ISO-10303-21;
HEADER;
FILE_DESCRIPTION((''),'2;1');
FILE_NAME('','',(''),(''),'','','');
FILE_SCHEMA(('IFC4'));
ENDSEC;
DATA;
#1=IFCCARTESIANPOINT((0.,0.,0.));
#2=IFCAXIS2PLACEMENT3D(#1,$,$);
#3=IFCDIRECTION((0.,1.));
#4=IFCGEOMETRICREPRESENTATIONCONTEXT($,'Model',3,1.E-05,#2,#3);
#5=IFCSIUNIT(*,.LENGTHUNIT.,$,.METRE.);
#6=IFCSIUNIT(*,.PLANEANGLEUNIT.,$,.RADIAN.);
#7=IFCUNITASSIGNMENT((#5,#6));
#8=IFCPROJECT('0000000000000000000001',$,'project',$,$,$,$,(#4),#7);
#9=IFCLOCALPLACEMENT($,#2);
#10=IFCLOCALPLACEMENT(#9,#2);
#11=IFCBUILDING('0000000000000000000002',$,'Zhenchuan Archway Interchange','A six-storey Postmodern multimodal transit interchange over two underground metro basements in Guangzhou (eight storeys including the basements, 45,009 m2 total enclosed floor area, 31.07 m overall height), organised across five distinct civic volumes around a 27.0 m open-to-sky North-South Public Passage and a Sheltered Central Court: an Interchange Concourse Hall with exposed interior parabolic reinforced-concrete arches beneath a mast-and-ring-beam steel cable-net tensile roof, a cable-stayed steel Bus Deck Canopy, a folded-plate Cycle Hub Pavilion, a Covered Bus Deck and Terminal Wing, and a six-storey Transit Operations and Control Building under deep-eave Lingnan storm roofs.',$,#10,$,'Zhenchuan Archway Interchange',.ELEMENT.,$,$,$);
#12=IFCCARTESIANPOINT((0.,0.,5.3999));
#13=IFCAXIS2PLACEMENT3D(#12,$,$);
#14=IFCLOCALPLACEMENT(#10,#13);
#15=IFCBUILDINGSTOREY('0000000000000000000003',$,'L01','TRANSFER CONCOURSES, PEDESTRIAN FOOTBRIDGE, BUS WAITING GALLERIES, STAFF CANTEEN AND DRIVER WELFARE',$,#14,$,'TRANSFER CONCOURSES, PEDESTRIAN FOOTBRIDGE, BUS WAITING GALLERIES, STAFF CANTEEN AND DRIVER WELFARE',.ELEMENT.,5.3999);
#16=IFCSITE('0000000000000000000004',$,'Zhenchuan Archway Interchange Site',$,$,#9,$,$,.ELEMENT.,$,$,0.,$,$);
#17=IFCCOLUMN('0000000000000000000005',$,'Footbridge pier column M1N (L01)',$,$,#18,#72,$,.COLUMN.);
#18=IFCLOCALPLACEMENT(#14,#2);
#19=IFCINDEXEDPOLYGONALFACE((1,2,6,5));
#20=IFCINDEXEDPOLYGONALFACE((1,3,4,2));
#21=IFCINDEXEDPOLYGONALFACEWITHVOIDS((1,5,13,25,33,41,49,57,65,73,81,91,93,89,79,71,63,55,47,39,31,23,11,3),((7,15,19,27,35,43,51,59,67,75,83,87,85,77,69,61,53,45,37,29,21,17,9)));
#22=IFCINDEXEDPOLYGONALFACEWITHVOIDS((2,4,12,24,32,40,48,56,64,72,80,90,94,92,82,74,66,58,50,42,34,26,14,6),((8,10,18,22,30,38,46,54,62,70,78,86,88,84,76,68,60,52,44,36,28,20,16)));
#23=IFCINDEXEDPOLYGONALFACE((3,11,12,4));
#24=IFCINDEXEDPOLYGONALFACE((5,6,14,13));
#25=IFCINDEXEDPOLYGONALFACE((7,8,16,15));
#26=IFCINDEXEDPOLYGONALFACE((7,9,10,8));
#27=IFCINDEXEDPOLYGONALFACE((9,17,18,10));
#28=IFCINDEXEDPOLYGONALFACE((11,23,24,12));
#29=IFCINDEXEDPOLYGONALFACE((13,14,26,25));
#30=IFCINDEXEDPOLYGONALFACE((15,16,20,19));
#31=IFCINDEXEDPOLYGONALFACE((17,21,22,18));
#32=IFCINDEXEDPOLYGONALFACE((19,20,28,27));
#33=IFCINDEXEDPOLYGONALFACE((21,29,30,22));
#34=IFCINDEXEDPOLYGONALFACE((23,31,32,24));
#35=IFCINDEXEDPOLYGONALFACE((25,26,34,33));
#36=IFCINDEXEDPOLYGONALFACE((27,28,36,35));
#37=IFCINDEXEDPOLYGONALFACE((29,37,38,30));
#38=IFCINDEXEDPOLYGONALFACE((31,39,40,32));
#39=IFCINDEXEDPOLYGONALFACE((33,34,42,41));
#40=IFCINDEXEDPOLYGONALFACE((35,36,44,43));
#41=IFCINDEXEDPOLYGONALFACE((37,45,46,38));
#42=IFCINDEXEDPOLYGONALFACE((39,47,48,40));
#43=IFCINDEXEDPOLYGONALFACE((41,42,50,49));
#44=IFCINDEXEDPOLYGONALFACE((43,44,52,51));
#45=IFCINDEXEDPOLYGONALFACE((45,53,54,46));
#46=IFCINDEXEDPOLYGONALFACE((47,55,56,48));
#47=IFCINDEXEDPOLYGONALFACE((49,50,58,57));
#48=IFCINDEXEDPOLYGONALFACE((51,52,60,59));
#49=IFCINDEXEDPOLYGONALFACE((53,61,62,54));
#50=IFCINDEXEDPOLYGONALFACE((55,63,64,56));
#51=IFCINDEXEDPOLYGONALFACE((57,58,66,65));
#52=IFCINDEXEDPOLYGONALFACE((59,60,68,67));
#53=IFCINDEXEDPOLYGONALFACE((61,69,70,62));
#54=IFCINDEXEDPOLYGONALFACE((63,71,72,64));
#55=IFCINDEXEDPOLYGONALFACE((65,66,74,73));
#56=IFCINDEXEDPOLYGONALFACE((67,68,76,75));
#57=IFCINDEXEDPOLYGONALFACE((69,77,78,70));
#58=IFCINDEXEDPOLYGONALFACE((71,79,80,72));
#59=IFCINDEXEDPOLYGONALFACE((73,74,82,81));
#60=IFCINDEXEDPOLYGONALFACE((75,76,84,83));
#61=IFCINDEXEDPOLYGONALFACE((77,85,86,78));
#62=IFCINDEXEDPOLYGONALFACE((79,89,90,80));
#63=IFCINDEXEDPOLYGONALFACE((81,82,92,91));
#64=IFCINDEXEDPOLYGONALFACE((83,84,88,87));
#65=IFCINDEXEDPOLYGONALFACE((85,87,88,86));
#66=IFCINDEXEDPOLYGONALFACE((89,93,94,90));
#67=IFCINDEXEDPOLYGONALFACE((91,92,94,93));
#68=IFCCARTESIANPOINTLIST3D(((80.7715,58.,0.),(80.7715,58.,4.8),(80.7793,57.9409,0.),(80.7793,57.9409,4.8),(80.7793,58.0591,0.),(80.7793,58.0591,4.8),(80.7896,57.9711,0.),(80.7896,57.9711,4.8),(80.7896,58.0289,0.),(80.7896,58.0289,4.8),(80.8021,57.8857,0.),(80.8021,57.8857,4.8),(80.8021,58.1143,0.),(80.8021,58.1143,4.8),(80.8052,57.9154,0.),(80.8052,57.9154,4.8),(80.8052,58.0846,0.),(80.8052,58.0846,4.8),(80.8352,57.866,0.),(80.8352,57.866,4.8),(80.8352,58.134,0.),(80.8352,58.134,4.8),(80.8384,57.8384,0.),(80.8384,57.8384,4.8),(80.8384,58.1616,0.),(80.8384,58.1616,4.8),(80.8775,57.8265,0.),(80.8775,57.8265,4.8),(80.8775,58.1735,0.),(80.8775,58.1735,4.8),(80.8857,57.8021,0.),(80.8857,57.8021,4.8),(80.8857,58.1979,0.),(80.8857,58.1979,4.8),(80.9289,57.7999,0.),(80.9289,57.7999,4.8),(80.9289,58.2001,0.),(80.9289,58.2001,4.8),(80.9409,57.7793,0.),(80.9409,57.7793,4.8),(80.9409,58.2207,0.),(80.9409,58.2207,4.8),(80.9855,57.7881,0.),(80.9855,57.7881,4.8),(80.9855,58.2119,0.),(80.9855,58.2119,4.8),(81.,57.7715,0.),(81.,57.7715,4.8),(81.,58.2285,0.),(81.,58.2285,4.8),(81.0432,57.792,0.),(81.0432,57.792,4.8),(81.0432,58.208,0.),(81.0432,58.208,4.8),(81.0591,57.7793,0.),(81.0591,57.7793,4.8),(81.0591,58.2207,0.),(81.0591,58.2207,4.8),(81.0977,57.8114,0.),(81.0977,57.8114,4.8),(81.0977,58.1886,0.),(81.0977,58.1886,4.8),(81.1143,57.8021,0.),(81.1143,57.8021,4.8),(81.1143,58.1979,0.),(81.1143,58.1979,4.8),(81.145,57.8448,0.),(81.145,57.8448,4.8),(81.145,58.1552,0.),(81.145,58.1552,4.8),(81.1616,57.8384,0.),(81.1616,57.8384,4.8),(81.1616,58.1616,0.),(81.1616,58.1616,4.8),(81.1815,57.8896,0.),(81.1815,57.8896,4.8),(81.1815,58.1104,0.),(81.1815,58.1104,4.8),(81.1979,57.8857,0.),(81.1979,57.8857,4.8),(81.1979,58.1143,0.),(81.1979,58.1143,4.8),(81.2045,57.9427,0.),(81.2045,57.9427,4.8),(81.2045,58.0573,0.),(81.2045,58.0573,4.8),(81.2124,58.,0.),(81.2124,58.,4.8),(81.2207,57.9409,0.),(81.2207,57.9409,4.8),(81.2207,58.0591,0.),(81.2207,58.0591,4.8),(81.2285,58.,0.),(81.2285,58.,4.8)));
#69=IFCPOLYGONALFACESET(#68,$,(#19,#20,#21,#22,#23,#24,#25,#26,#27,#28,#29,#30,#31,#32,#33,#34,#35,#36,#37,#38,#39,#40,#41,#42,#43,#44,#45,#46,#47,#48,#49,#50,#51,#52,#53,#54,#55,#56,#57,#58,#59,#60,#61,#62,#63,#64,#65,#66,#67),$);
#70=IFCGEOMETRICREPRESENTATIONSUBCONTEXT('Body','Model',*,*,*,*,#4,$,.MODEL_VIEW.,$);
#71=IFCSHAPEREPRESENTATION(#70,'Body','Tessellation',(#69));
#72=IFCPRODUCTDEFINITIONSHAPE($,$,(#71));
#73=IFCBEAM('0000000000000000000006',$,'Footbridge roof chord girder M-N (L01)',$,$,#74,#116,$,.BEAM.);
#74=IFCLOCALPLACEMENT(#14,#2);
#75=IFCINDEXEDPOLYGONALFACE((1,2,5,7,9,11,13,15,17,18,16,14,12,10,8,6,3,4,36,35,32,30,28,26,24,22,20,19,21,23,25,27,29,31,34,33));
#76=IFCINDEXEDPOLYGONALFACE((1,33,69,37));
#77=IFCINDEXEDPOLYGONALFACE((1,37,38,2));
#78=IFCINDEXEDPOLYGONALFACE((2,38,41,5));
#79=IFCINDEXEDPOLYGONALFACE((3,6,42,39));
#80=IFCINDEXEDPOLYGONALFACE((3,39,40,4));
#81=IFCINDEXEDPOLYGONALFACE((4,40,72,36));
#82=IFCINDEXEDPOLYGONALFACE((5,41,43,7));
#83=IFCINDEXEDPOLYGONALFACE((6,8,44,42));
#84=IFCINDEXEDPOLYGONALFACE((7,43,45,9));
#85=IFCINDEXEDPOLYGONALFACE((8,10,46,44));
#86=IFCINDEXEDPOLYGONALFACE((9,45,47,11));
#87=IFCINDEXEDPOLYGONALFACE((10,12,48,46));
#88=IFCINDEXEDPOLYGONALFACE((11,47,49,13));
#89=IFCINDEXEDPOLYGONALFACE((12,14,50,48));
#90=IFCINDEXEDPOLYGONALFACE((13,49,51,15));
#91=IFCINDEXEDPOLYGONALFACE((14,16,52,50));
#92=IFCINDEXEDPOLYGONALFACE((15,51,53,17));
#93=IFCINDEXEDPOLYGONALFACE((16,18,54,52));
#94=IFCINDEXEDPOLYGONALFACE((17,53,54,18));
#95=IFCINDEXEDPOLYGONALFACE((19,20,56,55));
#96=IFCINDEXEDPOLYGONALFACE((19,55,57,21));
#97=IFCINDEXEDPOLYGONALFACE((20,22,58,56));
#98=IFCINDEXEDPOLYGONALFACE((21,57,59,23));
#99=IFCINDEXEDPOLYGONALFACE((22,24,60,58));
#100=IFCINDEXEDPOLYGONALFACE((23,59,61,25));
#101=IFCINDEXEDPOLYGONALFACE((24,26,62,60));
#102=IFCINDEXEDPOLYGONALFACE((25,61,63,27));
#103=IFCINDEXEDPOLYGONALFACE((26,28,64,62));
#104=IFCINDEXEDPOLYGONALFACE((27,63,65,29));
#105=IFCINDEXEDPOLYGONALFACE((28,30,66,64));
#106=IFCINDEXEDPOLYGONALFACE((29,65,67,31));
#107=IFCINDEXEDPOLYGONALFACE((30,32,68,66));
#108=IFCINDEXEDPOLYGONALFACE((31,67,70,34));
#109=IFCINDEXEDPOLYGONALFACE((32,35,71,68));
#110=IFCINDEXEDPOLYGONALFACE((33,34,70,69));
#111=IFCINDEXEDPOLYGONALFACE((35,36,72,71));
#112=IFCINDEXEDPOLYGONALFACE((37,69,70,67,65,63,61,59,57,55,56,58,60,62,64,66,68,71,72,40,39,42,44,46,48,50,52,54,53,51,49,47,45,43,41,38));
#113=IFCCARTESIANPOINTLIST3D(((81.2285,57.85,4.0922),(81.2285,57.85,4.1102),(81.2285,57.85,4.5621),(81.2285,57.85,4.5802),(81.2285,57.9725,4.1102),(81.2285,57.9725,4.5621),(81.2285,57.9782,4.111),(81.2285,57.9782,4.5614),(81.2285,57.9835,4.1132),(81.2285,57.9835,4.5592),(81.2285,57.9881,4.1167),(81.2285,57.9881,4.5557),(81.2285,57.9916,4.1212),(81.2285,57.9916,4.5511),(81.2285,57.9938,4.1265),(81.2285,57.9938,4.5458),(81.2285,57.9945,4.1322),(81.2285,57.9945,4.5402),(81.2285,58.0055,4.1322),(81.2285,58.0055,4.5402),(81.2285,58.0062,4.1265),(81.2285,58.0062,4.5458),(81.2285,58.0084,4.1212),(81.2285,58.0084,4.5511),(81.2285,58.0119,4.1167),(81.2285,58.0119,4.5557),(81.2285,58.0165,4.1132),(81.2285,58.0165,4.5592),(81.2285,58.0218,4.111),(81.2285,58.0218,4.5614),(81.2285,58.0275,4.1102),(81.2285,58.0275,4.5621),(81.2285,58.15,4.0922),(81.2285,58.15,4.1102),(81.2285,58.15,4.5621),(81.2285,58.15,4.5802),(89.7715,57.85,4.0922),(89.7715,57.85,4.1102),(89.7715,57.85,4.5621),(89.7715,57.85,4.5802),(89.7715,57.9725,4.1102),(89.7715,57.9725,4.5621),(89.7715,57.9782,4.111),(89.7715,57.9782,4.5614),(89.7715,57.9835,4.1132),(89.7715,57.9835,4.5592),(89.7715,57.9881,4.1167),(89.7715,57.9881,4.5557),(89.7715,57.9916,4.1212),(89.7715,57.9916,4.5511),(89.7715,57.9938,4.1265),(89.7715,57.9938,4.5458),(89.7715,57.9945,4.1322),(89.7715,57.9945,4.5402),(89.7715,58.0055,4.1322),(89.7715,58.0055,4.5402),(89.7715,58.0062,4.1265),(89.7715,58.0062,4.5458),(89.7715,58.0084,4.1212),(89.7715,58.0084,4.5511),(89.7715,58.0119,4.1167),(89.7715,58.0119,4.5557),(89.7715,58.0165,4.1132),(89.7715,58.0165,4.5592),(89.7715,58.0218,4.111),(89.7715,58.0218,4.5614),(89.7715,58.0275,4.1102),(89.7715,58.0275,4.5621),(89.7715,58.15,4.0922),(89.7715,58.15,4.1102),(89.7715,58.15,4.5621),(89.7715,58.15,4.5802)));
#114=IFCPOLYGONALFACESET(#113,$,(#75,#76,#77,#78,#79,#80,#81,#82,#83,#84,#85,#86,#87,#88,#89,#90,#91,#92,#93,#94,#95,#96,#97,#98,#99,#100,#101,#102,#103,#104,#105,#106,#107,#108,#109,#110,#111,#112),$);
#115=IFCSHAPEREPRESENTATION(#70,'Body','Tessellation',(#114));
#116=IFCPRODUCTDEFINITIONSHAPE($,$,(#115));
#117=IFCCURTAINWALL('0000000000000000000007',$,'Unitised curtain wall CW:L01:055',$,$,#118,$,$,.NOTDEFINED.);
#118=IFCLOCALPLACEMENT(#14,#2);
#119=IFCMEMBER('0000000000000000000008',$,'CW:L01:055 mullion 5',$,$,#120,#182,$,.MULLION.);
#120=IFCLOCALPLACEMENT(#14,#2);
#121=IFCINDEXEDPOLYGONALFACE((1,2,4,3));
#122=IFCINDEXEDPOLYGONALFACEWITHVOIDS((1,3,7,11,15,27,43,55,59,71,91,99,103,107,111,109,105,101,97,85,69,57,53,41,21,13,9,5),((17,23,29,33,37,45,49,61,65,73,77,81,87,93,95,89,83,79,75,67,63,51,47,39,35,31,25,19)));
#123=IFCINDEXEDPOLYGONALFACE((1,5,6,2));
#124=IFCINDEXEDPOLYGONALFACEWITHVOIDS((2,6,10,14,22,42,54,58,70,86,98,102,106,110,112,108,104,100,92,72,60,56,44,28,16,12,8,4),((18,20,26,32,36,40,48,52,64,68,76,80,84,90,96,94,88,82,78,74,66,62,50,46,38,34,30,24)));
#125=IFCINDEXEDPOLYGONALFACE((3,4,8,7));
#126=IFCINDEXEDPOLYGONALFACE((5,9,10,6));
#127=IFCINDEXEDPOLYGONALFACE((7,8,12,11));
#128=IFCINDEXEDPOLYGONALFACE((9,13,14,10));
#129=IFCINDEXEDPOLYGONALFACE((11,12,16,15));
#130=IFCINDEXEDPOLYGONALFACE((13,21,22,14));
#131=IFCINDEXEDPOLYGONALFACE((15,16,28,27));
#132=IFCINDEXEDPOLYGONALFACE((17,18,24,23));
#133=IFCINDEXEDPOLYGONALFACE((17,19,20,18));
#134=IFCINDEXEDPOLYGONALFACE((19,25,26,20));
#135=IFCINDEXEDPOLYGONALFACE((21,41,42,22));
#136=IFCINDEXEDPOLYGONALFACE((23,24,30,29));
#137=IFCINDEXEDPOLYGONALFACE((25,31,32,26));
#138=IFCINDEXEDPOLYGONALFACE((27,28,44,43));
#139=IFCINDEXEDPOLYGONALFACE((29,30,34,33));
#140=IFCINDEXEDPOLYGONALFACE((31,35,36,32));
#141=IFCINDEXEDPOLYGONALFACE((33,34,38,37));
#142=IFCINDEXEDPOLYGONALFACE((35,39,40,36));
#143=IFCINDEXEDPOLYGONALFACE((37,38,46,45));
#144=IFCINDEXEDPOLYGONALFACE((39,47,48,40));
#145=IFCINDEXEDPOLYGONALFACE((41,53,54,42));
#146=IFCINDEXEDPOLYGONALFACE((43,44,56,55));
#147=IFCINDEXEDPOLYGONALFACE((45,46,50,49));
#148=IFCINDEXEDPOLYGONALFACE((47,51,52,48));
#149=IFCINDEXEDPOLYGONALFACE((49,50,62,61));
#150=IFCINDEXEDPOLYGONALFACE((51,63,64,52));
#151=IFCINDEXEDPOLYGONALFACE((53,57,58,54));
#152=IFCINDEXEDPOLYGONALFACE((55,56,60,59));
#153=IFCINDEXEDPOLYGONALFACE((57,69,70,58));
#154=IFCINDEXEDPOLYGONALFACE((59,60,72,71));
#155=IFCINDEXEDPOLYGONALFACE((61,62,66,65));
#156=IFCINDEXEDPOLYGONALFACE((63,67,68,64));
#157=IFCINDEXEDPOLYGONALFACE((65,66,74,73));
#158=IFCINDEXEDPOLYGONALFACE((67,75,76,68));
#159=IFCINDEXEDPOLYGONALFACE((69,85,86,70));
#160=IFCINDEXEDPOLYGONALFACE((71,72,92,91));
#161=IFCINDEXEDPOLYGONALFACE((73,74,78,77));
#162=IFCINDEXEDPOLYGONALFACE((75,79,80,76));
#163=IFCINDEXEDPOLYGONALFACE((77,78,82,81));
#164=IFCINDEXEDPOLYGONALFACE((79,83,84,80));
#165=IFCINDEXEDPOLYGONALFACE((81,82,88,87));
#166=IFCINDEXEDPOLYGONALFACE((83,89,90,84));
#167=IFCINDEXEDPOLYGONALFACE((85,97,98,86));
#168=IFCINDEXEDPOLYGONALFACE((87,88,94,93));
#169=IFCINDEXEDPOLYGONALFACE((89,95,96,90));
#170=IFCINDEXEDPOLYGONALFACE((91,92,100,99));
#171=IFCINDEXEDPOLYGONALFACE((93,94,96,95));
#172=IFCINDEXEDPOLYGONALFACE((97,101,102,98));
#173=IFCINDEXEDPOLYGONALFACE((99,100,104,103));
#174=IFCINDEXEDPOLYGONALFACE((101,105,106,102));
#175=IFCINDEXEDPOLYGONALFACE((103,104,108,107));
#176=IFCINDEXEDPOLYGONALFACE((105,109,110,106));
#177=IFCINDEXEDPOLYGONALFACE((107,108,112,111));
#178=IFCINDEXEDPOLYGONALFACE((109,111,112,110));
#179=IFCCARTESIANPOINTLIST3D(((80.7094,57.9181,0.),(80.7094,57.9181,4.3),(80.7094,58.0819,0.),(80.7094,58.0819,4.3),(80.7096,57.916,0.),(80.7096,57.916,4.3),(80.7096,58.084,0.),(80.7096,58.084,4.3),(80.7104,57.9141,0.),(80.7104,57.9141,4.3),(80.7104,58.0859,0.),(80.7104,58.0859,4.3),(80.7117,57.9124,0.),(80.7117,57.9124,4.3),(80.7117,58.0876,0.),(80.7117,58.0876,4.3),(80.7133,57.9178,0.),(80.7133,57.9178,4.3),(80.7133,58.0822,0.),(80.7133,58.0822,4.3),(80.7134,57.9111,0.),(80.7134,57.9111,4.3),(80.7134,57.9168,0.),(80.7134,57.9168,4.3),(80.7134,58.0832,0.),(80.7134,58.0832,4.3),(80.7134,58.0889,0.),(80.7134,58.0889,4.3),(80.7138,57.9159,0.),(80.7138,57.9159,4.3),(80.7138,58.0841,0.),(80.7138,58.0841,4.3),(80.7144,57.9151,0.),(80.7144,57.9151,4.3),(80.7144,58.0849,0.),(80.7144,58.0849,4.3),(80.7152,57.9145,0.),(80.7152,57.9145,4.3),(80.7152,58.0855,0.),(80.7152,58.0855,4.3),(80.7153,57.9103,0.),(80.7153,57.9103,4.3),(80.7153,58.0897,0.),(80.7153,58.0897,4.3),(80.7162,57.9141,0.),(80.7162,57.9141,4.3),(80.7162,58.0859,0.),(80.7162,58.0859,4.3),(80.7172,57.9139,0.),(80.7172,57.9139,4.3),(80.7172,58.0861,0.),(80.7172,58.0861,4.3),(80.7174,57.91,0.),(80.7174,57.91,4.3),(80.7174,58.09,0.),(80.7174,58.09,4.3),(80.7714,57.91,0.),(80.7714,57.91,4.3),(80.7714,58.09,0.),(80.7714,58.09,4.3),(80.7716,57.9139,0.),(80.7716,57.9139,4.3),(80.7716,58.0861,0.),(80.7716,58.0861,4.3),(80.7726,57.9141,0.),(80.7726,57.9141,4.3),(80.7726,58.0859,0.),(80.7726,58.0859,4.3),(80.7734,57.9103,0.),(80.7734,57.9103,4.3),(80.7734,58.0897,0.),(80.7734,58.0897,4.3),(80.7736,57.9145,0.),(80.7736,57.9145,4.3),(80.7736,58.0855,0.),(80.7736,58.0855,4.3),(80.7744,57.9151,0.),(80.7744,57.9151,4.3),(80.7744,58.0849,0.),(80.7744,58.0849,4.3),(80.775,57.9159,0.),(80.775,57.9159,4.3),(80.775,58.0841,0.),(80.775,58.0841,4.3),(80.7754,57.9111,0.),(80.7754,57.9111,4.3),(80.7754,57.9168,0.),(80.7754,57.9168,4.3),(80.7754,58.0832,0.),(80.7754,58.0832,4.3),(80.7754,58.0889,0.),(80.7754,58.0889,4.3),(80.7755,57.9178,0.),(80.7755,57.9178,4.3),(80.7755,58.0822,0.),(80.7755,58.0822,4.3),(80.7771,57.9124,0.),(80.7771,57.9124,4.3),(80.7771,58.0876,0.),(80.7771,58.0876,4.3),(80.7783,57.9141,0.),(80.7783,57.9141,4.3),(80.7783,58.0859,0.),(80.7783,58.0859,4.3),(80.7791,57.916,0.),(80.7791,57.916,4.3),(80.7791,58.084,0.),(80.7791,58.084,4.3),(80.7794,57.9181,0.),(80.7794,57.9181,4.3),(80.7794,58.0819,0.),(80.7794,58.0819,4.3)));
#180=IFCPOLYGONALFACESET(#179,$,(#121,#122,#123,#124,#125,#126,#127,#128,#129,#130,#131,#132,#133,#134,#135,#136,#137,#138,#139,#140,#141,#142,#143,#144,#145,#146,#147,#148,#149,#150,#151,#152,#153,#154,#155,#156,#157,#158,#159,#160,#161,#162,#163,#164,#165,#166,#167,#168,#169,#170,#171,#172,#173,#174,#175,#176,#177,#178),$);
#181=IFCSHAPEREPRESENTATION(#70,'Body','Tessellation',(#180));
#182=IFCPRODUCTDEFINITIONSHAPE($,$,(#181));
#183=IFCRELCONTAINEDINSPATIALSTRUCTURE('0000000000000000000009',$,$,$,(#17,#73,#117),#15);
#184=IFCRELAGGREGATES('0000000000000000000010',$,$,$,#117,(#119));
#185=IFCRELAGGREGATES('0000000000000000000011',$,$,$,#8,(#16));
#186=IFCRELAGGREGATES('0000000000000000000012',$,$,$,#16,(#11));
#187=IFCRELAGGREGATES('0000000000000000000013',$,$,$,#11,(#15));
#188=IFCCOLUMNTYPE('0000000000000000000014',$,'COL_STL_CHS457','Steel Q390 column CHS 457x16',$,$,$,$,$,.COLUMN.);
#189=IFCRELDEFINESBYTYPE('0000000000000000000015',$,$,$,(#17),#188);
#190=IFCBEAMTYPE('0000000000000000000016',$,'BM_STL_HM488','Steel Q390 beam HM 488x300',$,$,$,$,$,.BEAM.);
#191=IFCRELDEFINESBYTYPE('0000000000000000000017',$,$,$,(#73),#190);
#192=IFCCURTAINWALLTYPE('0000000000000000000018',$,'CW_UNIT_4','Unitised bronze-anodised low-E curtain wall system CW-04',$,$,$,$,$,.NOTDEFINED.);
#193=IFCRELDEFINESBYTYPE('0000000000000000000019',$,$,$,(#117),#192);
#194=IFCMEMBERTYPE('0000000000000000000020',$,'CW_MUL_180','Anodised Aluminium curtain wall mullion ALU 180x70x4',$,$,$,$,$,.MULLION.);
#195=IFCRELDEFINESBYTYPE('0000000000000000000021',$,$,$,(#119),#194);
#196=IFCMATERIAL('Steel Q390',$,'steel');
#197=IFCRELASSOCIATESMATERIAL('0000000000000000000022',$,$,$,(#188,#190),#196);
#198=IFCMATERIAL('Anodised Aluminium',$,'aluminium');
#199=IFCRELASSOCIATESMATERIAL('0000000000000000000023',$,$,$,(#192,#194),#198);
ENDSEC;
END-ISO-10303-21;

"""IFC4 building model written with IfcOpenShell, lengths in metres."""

from ifc_helpers import new_model, si_unit, direction, frame, origin, origin_2d, place, context, subcontext, project, spatial, hollow_rectangle, hollow_circle, i_section, extrude, material, material_profile, profile_set, type_object, element, aggregate, save


model = new_model("IFC4")

# Units and contexts
model_context = context("Model", 3, precision=1e-05, world=origin(), true_north=direction((0.0, 1.0)))
body_context = subcontext(model_context, "Body", "Model", "MODEL_VIEW")
ifc_project = project(units=[si_unit("LENGTHUNIT", "METRE"), si_unit("PLANEANGLEUNIT", "RADIAN")], contexts=[model_context])

# Site, building, storey
site_placement = place(None, origin())
site = spatial("IfcSite", under=ifc_project, at=site_placement, Name="Zhenchuan Archway Interchange Site", CompositionType="ELEMENT", RefElevation=0.0)
building_placement = place(site_placement, origin())
building = spatial("IfcBuilding", under=site, at=building_placement, Name="Zhenchuan Archway Interchange", Description="A six-storey Postmodern multimodal transit interchange over two underground metro basements in Guangzhou (eight storeys including the basements, 45,009 m2 total enclosed floor area, 31.07 m overall height), organised across five distinct civic volumes around a 27.0 m open-to-sky North-South Public Passage and a Sheltered Central Court: an Interchange Concourse Hall with exposed interior parabolic reinforced-concrete arches beneath a mast-and-ring-beam steel cable-net tensile roof, a cable-stayed steel Bus Deck Canopy, a folded-plate Cycle Hub Pavilion, a Covered Bus Deck and Terminal Wing, and a six-storey Transit Operations and Control Building under deep-eave Lingnan storm roofs.", LongName="Zhenchuan Archway Interchange", CompositionType="ELEMENT")
storey_placement = place(building_placement, frame((0.0, 0.0, 5.3999)))
storey = spatial("IfcBuildingStorey", under=building, at=storey_placement, Name="L01", Description="TRANSFER CONCOURSES, PEDESTRIAN FOOTBRIDGE, BUS WAITING GALLERIES, STAFF CANTEEN AND DRIVER WELFARE", LongName="TRANSFER CONCOURSES, PEDESTRIAN FOOTBRIDGE, BUS WAITING GALLERIES, STAFF CANTEEN AND DRIVER WELFARE", CompositionType="ELEMENT", Elevation=5.3999)

# Column
ifc_material_1 = material(Name="Steel Q390", Category="steel")
ifc_material_profile_1 = material_profile(ifc_material_1, hollow_circle(Radius=0.2285, WallThickness=0.0161, at=origin_2d()), Name="CHS 457x16")
ifc_profile_set_1 = profile_set([ifc_material_profile_1], Name="Steel Q390")
column_type = type_object("IfcColumnType", Name="COL_STL_CHS457", Description="Steel Q390 column CHS 457x16", PredefinedType="COLUMN", material=ifc_profile_set_1)
column_placement = place(storey_placement, frame((81.0, 58.0, 0.0), z_axis=(0.0, 0.0, 1.0), x_axis=(1.0, 0.0, 0.0)))
element("IfcColumn", 1, at=column_placement, inside=storey, type_object=column_type, Name="Footbridge pier column M1N (L01)", PredefinedType="COLUMN", context=body_context, shape_type="SweptSolid", body=[
    extrude(hollow_circle(Radius=0.2285, WallThickness=0.0161, at=origin_2d()), origin(), (0.0, 0.0, 1.0), 4.8),
])

# Beam
ifc_material_profile_2 = material_profile(ifc_material_1, i_section(OverallWidth=0.3, OverallDepth=0.488, WebThickness=0.011, FlangeThickness=0.0181, FilletRadius=0.022, at=origin_2d()), Name="HM 488x300")
ifc_profile_set_2 = profile_set([ifc_material_profile_2], Name="Steel Q390")
beam_type = type_object("IfcBeamType", Name="BM_STL_HM488", Description="Steel Q390 beam HM 488x300", PredefinedType="BEAM", material=ifc_profile_set_2)
beam_placement = place(storey_placement, frame((81.2285, 58.0, 4.3362), z_axis=(1.0, 0.0, 0.0), x_axis=(0.0, 1.0, 0.0)))
element("IfcBeam", 2, at=beam_placement, inside=storey, type_object=beam_type, Name="Footbridge roof chord girder M-N (L01)", PredefinedType="BEAM", context=body_context, shape_type="SweptSolid", body=[
    extrude(i_section(OverallWidth=0.3, OverallDepth=0.488, WebThickness=0.011, FlangeThickness=0.0181, FilletRadius=0.022, at=origin_2d()), origin(), (0.0, 0.0, 1.0), 8.543),
])

# Curtain wall, member
ifc_material_2 = material(Name="Anodised Aluminium", Category="aluminium")
curtain_wall_type_1 = type_object("IfcCurtainWallType", Name="CW_UNIT_4", Description="Unitised bronze-anodised low-E curtain wall system CW-04", PredefinedType="NOTDEFINED", material=ifc_material_2)
curtain_wall_1_placement = place(storey_placement, origin())
curtain_wall_1 = element("IfcCurtainWall", 3, at=curtain_wall_1_placement, inside=storey, type_object=curtain_wall_type_1, Name="Unitised curtain wall CW:L01:055", PredefinedType="NOTDEFINED")
ifc_material_profile_3 = material_profile(ifc_material_2, hollow_rectangle(XDim=0.0701, YDim=0.1799, WallThickness=0.0039, InnerFilletRadius=0.0039, OuterFilletRadius=0.0081, at=origin_2d()), Name="ALU 180x70x4")
ifc_profile_set_3 = profile_set([ifc_material_profile_3], Name="Anodised Aluminium")
member_type_1 = type_object("IfcMemberType", Name="CW_MUL_180", Description="Anodised Aluminium curtain wall mullion ALU 180x70x4", PredefinedType="MULLION", material=ifc_profile_set_3)
member_1_placement = place(storey_placement, frame((80.7444, 58.0, 0.0), z_axis=(0.0, 0.0, 1.0), x_axis=(1.0, 0.0, 0.0)))
member_1 = element("IfcMember", 4, at=member_1_placement, type_object=member_type_1, Name="CW:L01:055 mullion 5", PredefinedType="MULLION", context=body_context, shape_type="SweptSolid", body=[
    extrude(hollow_rectangle(XDim=0.0701, YDim=0.1799, WallThickness=0.0039, InnerFilletRadius=0.0039, OuterFilletRadius=0.0081, at=origin_2d()), origin(), (0.0, 0.0, 1.0), 4.3),
])

aggregate(curtain_wall_1, [member_1])

save(model, "model.ifc")
